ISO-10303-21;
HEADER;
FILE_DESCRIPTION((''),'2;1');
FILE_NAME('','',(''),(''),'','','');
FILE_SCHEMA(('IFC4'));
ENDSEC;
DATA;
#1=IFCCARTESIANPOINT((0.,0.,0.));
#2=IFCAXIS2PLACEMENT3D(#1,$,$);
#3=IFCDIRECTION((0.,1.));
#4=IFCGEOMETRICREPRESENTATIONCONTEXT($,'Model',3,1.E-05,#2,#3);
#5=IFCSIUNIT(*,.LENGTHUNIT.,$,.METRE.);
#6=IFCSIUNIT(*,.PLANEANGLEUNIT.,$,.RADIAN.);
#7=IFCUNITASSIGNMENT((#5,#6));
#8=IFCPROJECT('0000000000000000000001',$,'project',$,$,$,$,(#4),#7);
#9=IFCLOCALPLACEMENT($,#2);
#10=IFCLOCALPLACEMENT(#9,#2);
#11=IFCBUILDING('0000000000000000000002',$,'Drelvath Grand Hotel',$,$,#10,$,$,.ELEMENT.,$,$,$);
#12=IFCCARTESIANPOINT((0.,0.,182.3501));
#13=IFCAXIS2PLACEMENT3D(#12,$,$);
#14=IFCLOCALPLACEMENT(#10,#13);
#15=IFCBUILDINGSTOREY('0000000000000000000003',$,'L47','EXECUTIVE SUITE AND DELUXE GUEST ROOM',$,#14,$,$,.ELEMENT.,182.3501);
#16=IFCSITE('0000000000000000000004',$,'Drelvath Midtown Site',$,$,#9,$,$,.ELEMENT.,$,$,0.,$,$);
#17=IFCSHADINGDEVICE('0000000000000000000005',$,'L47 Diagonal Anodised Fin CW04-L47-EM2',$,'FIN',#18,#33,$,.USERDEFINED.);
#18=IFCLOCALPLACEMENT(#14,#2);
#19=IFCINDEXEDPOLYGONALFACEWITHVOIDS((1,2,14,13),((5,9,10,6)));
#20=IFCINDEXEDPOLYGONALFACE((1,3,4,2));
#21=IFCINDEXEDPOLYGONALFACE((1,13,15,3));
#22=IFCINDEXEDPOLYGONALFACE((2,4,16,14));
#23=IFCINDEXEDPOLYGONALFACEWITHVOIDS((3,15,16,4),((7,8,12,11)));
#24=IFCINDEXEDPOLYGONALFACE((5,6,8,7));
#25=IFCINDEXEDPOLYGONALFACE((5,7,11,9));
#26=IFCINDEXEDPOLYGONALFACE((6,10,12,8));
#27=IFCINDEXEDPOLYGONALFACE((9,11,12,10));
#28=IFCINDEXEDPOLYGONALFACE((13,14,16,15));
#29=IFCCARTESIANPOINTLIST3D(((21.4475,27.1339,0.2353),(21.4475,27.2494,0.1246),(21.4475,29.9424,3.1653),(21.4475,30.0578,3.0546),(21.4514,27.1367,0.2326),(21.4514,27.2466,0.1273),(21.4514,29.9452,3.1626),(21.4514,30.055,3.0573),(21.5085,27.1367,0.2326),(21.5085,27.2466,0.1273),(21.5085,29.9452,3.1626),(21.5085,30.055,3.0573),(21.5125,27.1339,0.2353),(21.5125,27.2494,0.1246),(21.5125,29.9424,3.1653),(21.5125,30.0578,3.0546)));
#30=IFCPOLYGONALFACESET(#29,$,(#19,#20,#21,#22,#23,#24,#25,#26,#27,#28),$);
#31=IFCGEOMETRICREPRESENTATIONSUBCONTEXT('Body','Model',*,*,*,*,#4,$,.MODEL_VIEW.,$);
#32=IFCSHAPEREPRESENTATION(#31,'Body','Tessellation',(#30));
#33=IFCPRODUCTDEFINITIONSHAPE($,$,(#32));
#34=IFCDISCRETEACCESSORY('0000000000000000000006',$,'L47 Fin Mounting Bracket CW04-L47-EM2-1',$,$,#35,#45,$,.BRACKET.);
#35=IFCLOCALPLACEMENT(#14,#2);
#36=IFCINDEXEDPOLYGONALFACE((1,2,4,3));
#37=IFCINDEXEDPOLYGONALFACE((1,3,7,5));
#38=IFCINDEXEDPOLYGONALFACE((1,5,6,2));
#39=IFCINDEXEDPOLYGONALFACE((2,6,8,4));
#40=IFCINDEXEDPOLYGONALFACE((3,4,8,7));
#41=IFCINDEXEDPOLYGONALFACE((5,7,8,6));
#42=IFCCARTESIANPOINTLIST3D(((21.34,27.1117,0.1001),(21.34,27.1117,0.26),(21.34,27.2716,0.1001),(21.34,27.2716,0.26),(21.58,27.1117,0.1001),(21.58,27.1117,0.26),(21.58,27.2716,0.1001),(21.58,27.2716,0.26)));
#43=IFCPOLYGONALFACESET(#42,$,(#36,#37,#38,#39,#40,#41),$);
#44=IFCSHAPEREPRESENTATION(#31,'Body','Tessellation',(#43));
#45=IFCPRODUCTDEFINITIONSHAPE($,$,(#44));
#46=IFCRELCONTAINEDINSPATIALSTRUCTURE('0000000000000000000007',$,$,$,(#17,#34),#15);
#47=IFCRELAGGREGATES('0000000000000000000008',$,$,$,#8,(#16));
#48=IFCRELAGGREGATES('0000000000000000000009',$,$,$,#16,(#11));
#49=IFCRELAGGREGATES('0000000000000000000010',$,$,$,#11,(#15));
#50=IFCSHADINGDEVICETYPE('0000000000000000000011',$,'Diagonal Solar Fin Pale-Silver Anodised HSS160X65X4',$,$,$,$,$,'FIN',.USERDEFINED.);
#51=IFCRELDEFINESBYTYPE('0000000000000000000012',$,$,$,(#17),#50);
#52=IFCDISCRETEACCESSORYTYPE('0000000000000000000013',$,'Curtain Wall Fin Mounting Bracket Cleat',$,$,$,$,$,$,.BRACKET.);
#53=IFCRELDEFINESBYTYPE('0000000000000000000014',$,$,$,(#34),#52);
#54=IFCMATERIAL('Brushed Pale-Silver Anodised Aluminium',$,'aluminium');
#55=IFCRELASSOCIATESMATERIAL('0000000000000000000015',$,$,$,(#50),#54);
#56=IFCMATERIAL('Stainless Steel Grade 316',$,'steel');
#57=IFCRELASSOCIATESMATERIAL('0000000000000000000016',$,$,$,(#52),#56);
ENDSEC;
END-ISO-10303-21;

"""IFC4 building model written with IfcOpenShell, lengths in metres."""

from ifc_helpers import new_model, si_unit, direction, frame, origin, origin_2d, place, context, subcontext, project, spatial, rectangle, hollow_rectangle, extrude, material, material_profile, profile_set, type_object, element, save


model = new_model("IFC4")

# Units and contexts
model_context = context("Model", 3, precision=1e-05, world=origin(), true_north=direction((0.0, 1.0)))
body_context = subcontext(model_context, "Body", "Model", "MODEL_VIEW")
ifc_project = project(units=[si_unit("LENGTHUNIT", "METRE"), si_unit("PLANEANGLEUNIT", "RADIAN")], contexts=[model_context])

# Site, building, storey
site_placement = place(None, origin())
site = spatial("IfcSite", under=ifc_project, at=site_placement, Name="Drelvath Midtown Site", CompositionType="ELEMENT", RefElevation=0.0)
building_placement = place(site_placement, origin())
building = spatial("IfcBuilding", under=site, at=building_placement, Name="Drelvath Grand Hotel", CompositionType="ELEMENT")
storey_placement = place(building_placement, frame((0.0, 0.0, 182.3501)))
storey = spatial("IfcBuildingStorey", under=building, at=storey_placement, Name="L47", Description="EXECUTIVE SUITE AND DELUXE GUEST ROOM", CompositionType="ELEMENT", Elevation=182.3501)

# Shading device
ifc_material_1 = material(Name="Brushed Pale-Silver Anodised Aluminium", Category="aluminium")
ifc_material_profile_1 = material_profile(ifc_material_1, hollow_rectangle(XDim=0.0649, YDim=0.1599, WallThickness=0.0039, at=origin_2d()), Name="HSS160X65X4")
ifc_profile_set_1 = profile_set([ifc_material_profile_1], Name="Brushed Pale-Silver Anodised Aluminium")
shading_device_type = type_object("IfcShadingDeviceType", Name="Diagonal Solar Fin Pale-Silver Anodised HSS160X65X4", ElementType="FIN", PredefinedType="USERDEFINED", material=ifc_profile_set_1)
shading_device_placement = place(storey_placement, frame((21.48, 27.1917, 0.1799), z_axis=(0.0, 0.691969, 0.721927), x_axis=(-1.0, 0.0, 0.0)))
element("IfcShadingDevice", 1, at=shading_device_placement, inside=storey, type_object=shading_device_type, Name="L47 Diagonal Anodised Fin CW04-L47-EM2", ObjectType="FIN", PredefinedType="USERDEFINED", context=body_context, shape_type="SweptSolid", body=[
    extrude(hollow_rectangle(XDim=0.0649, YDim=0.1599, WallThickness=0.0039, at=origin_2d()), origin(), (0.0, 0.0, 1.0), 4.0586),
])

# Discrete accessory
ifc_material_2 = material(Name="Stainless Steel Grade 316", Category="steel")
discrete_accessory_type = type_object("IfcDiscreteAccessoryType", Name="Curtain Wall Fin Mounting Bracket Cleat", PredefinedType="BRACKET", material=ifc_material_2)
discrete_accessory_placement = place(storey_placement, frame((21.46, 27.1917, 0.1001), z_axis=(0.0, 0.0, 1.0), x_axis=(0.0, -1.0, 0.0)))
element("IfcDiscreteAccessory", 2, at=discrete_accessory_placement, inside=storey, type_object=discrete_accessory_type, Name="L47 Fin Mounting Bracket CW04-L47-EM2-1", PredefinedType="BRACKET", context=body_context, shape_type="SweptSolid", body=[
    extrude(rectangle(XDim=0.1599, YDim=0.24, at=origin_2d()), origin(), (0.0, 0.0, 1.0), 0.1599),
])

save(model, "model.ifc")
